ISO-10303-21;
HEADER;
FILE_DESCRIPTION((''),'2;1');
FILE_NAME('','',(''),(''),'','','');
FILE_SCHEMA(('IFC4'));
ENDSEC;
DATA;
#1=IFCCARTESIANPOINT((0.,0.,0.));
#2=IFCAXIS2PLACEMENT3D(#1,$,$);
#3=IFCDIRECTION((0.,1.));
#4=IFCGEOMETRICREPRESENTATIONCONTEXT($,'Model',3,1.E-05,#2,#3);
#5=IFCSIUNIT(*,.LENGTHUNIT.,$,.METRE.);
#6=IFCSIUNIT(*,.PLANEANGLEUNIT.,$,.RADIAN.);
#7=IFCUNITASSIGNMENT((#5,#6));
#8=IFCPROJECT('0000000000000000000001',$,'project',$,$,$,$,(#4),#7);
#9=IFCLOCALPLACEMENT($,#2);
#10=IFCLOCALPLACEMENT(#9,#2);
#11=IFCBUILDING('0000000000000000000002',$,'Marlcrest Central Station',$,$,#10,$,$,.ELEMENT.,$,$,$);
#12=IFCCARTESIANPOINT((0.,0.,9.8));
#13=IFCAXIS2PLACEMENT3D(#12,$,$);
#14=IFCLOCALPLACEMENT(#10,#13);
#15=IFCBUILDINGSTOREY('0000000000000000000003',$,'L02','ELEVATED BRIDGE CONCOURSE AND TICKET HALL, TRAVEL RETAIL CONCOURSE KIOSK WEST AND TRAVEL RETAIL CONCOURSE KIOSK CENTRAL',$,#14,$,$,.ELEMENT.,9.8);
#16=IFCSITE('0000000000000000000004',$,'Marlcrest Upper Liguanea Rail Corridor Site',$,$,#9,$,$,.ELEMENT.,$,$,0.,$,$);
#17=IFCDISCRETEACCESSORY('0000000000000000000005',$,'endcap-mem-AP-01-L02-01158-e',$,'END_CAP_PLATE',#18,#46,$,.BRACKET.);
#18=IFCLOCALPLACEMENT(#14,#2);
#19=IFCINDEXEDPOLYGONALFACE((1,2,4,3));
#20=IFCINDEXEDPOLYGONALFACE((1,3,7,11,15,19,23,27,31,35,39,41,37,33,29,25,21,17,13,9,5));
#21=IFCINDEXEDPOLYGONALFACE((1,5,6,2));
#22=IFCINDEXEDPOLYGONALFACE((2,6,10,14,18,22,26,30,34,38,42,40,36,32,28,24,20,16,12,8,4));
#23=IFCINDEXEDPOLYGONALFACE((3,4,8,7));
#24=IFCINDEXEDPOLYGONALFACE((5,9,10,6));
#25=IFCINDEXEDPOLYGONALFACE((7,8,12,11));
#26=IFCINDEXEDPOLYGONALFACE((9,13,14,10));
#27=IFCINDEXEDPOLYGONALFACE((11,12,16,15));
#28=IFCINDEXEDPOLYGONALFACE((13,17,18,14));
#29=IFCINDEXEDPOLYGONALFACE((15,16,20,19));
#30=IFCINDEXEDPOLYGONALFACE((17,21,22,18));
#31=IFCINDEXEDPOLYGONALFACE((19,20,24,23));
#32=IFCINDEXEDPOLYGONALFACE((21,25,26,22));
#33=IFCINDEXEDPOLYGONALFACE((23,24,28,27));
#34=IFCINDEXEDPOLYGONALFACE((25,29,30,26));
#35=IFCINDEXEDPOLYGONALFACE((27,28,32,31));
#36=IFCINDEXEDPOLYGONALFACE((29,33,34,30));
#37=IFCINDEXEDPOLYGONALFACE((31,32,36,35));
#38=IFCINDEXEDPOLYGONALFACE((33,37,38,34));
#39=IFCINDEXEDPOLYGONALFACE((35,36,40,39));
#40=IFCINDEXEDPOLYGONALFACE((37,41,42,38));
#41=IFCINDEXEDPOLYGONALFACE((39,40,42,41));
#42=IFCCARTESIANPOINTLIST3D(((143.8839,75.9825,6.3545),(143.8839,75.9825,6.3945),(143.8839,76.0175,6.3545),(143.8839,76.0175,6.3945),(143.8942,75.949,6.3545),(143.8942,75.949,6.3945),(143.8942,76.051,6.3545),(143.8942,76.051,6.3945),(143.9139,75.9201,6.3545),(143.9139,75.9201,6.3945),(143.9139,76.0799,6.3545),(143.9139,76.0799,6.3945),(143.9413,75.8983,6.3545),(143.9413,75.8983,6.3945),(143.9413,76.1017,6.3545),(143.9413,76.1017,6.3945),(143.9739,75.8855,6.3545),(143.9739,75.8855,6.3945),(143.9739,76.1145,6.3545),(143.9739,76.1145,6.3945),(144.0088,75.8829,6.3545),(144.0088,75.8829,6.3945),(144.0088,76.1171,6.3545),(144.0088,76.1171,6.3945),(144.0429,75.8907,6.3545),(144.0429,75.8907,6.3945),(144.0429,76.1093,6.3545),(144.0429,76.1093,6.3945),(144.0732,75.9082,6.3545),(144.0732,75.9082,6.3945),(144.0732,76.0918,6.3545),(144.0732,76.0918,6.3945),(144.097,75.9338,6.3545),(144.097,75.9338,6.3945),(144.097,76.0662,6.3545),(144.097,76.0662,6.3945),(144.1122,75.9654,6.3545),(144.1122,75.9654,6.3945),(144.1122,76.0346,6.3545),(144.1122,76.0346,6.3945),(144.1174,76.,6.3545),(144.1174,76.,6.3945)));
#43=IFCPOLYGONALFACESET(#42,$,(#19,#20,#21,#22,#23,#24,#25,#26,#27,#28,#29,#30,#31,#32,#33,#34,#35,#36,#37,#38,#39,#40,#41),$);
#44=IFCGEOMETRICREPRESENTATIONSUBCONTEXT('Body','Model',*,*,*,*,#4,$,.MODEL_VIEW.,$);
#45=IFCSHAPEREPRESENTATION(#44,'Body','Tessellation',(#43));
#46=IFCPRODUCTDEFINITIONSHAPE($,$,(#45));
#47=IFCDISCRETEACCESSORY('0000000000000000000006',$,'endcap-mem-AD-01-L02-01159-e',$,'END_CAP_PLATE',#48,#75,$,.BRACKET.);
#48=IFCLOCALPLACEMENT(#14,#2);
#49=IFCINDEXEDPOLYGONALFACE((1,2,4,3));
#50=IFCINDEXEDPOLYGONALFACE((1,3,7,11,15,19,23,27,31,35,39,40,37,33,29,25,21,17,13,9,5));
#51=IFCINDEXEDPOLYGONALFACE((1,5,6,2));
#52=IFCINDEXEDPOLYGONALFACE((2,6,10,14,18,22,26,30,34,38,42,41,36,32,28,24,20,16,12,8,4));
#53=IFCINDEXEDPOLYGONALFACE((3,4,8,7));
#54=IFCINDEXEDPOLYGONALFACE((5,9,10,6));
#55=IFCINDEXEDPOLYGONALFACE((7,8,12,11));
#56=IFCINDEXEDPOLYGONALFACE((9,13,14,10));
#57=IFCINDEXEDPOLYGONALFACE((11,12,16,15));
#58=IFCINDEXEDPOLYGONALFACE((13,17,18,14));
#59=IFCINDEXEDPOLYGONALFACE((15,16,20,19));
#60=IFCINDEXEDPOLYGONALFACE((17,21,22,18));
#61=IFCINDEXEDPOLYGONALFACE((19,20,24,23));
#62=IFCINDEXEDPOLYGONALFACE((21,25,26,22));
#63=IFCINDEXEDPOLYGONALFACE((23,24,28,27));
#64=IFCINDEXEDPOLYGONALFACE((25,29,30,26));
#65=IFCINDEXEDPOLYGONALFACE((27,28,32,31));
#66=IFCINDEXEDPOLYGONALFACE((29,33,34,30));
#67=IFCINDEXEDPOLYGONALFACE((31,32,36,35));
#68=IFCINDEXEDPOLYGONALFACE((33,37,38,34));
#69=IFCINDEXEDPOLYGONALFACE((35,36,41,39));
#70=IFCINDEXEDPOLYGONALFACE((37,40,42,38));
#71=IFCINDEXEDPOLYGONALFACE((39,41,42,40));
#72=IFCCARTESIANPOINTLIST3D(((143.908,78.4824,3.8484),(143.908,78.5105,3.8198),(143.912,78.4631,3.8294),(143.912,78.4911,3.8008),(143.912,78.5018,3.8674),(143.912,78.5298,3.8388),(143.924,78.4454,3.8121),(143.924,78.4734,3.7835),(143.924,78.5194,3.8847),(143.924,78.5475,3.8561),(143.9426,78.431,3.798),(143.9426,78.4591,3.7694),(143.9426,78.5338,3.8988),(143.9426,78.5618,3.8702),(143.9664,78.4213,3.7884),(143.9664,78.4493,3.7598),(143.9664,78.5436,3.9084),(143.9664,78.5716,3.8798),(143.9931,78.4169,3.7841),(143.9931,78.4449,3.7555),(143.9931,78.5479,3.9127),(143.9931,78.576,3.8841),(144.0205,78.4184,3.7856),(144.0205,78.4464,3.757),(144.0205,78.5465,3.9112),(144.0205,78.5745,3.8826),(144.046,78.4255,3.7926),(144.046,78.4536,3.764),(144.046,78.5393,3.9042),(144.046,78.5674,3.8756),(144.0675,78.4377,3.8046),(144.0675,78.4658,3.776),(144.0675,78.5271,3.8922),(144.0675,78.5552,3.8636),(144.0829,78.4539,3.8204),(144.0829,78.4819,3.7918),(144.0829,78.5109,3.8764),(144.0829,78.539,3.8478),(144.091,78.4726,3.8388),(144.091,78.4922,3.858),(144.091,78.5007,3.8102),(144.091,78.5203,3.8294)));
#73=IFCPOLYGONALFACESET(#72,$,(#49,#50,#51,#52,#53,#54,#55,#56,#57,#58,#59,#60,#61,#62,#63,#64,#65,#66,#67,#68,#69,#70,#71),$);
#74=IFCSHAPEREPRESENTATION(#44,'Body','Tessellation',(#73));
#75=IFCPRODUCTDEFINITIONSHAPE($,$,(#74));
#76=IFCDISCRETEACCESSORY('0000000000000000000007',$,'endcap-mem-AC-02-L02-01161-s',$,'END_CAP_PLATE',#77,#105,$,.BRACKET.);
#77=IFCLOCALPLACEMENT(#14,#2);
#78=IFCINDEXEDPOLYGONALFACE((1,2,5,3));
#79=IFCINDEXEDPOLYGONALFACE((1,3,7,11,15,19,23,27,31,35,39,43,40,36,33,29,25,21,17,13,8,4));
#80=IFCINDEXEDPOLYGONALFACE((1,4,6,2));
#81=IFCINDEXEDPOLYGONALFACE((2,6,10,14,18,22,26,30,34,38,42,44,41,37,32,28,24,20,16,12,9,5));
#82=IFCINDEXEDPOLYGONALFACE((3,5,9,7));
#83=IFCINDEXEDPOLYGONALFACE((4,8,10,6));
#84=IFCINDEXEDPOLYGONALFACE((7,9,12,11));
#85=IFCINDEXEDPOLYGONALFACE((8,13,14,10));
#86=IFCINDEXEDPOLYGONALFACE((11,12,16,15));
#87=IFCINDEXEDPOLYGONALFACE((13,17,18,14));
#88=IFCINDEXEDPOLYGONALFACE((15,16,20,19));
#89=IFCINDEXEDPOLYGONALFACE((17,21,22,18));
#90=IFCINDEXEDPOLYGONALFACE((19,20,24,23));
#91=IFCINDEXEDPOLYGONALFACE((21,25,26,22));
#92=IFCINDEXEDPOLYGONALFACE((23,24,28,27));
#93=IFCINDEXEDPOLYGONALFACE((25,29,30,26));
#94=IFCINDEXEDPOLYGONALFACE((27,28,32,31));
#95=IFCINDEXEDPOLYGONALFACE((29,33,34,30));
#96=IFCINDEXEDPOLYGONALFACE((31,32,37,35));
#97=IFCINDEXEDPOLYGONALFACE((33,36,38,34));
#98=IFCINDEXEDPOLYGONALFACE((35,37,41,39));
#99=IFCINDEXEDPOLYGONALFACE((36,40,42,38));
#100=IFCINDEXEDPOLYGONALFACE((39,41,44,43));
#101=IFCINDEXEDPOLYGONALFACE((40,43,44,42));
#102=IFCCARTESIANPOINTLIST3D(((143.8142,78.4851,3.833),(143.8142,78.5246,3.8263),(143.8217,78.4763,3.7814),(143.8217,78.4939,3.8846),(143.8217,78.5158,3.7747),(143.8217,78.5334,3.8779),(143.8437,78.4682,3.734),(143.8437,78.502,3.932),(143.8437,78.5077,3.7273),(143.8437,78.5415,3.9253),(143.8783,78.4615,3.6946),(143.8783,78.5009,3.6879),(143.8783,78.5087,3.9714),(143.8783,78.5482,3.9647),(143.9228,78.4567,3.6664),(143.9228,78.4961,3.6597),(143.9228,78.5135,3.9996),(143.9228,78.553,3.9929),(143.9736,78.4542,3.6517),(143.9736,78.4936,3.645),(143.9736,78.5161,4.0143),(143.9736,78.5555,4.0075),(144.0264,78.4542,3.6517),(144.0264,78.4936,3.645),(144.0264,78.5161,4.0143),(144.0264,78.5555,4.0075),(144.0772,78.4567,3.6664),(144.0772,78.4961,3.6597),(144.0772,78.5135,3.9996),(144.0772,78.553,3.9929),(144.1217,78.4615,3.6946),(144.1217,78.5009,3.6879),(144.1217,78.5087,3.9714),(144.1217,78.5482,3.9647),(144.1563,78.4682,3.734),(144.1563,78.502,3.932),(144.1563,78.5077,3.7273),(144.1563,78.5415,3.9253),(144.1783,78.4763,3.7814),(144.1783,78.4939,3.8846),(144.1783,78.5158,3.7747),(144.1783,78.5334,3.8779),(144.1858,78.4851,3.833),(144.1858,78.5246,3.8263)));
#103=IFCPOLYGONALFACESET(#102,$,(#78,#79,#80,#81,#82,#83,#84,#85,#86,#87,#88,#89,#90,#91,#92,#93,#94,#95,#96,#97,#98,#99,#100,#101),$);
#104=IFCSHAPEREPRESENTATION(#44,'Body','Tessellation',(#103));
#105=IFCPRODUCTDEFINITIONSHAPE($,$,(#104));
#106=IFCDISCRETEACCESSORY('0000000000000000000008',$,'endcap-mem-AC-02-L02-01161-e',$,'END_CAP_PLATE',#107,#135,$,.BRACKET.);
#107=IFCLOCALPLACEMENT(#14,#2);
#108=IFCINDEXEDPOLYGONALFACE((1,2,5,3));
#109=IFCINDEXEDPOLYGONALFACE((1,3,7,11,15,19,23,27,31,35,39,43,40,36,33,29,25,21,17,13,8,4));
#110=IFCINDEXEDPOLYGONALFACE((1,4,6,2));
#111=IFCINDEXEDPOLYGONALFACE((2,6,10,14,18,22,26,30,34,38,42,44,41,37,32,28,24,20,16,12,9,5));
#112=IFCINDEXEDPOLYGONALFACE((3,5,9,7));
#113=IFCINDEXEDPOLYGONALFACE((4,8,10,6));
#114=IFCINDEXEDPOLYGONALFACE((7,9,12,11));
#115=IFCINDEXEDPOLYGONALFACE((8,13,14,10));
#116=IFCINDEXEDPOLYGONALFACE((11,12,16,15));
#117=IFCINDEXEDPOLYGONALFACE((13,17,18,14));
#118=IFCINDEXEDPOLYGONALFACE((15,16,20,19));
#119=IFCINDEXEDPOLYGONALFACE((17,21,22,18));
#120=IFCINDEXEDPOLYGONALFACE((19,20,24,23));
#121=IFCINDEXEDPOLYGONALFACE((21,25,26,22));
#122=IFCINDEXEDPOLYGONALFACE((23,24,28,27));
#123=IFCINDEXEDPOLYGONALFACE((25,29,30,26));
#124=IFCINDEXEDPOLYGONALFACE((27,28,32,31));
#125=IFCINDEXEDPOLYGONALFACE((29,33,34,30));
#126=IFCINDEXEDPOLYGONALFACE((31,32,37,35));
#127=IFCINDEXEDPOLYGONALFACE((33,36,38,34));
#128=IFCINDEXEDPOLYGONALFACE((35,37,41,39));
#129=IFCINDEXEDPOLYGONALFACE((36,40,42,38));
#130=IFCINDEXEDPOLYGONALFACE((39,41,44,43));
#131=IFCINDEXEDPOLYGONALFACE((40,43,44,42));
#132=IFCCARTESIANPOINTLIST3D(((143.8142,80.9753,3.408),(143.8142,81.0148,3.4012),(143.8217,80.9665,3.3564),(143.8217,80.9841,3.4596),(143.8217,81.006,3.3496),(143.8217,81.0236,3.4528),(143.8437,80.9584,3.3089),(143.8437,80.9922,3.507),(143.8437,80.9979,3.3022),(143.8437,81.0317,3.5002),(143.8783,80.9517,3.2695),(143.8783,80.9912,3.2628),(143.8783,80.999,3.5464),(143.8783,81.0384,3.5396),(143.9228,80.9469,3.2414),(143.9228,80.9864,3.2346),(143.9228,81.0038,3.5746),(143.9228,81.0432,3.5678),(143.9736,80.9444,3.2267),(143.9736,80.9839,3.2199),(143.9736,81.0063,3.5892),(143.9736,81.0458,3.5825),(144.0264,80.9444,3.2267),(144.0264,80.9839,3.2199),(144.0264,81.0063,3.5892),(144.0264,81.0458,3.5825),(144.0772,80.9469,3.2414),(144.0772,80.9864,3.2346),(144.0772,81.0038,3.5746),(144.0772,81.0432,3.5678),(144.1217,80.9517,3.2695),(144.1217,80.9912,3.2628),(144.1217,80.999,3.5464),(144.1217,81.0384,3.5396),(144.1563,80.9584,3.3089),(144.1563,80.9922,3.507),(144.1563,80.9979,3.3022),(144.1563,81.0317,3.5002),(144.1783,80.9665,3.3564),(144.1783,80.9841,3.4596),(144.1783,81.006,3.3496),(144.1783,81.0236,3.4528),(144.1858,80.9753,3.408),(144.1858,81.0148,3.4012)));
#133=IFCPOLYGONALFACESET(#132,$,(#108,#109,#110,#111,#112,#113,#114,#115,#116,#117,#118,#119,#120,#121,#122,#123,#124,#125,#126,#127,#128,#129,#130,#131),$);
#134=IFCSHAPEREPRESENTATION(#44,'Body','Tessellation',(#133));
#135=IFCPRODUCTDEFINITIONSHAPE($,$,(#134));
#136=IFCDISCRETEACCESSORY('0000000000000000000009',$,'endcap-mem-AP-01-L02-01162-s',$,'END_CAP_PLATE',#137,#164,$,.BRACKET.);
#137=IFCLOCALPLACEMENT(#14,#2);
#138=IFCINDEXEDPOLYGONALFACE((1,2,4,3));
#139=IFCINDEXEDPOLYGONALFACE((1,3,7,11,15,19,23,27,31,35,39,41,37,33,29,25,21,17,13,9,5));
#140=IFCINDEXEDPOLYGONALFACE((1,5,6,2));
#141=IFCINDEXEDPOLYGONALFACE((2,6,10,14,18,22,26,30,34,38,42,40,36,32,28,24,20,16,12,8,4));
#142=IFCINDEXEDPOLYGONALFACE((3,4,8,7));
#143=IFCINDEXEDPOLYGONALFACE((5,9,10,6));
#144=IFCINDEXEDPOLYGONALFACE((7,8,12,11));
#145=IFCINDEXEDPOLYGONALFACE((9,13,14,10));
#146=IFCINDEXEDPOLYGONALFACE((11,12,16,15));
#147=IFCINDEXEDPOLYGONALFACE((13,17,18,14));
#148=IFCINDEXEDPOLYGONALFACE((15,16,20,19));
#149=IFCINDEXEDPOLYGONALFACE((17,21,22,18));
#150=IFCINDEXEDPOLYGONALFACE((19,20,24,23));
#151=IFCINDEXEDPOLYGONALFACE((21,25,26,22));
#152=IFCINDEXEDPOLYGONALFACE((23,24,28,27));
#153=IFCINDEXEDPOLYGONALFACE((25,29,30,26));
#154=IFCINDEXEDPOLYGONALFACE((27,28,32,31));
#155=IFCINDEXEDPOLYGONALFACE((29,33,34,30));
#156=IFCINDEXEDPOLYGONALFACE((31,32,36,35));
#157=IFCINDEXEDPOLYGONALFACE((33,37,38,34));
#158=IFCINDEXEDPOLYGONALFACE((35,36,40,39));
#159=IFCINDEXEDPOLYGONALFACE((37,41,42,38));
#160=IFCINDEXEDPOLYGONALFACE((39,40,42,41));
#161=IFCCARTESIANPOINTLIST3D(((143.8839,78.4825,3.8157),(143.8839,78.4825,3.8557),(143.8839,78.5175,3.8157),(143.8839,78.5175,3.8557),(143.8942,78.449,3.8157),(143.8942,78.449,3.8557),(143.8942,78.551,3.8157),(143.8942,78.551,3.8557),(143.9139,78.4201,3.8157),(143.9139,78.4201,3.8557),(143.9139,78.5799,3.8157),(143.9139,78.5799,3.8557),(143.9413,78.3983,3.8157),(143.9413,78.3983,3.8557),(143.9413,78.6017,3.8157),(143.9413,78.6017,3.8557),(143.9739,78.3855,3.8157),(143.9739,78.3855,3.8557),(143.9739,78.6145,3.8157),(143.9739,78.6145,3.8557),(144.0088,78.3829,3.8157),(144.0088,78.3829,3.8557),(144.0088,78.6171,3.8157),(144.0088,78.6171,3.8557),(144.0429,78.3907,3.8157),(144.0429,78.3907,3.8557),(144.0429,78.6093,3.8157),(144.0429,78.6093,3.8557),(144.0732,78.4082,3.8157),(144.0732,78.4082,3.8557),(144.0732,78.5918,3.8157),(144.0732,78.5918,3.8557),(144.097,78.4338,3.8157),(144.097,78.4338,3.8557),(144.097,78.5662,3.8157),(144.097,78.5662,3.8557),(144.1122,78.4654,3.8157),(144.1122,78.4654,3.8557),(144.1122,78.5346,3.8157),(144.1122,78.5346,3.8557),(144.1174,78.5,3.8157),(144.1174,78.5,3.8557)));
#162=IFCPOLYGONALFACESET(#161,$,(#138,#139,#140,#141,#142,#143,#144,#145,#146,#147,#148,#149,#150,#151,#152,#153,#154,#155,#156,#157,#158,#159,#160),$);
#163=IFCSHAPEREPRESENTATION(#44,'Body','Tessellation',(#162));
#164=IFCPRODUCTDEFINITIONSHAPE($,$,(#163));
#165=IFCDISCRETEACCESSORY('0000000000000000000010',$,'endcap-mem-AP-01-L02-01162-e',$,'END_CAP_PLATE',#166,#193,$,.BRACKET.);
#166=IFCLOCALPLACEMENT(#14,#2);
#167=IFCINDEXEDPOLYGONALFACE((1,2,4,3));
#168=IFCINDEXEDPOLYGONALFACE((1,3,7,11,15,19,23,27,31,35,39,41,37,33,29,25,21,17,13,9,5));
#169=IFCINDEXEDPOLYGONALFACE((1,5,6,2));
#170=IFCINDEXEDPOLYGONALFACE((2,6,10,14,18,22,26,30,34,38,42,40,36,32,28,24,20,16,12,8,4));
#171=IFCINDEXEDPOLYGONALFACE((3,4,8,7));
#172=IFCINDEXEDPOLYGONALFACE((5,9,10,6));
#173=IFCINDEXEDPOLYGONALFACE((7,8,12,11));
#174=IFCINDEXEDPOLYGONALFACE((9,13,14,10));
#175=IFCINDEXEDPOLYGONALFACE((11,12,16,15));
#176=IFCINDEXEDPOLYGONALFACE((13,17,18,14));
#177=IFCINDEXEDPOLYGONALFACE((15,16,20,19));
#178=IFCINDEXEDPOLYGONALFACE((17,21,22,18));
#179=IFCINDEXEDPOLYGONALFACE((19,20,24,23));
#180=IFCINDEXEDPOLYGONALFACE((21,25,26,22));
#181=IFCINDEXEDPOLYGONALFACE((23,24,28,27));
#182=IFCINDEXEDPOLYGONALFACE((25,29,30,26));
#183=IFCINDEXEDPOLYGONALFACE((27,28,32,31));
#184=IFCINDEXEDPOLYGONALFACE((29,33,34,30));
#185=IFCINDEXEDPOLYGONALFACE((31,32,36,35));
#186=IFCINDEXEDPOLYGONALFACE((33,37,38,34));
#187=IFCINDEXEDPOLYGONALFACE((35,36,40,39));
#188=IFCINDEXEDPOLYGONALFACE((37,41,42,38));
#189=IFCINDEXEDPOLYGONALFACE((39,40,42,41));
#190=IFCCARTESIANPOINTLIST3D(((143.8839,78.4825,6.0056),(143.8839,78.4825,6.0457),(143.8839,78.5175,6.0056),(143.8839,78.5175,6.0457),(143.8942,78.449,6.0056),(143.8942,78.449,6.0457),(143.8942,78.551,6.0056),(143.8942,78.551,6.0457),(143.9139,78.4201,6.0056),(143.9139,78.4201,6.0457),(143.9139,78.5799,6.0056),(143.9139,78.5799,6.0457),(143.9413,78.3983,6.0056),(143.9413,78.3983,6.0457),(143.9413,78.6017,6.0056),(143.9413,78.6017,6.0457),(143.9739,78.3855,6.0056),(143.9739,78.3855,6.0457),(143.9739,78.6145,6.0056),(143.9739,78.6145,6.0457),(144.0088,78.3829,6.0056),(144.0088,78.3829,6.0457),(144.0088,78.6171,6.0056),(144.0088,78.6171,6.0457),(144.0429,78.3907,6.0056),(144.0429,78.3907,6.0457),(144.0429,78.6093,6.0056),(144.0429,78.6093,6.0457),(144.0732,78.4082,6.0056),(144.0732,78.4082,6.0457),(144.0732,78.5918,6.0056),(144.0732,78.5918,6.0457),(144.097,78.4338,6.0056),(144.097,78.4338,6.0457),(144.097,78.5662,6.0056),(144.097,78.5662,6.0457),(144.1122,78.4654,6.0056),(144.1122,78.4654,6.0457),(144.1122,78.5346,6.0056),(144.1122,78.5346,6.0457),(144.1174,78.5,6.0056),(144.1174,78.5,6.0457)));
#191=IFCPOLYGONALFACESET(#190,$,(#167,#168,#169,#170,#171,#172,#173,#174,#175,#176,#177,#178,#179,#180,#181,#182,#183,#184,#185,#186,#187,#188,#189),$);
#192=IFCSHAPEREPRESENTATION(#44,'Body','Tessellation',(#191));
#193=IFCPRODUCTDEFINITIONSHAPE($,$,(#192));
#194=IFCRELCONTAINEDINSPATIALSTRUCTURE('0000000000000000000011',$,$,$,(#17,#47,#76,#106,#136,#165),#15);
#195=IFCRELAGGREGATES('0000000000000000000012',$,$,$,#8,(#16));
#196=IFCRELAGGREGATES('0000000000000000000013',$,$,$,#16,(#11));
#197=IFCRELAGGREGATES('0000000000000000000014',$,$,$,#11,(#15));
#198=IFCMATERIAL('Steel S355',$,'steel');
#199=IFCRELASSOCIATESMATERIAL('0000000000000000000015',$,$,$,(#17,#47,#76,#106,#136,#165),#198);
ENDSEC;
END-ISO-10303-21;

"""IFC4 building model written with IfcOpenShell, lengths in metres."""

from ifc_helpers import new_model, si_unit, direction, frame, origin, origin_2d, place, context, subcontext, project, spatial, circle, extrude, material, element, save


model = new_model("IFC4")

# Units and contexts
model_context = context("Model", 3, precision=1e-05, world=origin(), true_north=direction((0.0, 1.0)))
body_context = subcontext(model_context, "Body", "Model", "MODEL_VIEW")
ifc_project = project(units=[si_unit("LENGTHUNIT", "METRE"), si_unit("PLANEANGLEUNIT", "RADIAN")], contexts=[model_context])

# Site, building, storey
site_placement = place(None, origin())
site = spatial("IfcSite", under=ifc_project, at=site_placement, Name="Marlcrest Upper Liguanea Rail Corridor Site", CompositionType="ELEMENT", RefElevation=0.0)
building_placement = place(site_placement, origin())
building = spatial("IfcBuilding", under=site, at=building_placement, Name="Marlcrest Central Station", CompositionType="ELEMENT")
storey_placement = place(building_placement, frame((0.0, 0.0, 9.8)))
storey = spatial("IfcBuildingStorey", under=building, at=storey_placement, Name="L02", Description="ELEVATED BRIDGE CONCOURSE AND TICKET HALL, TRAVEL RETAIL CONCOURSE KIOSK WEST AND TRAVEL RETAIL CONCOURSE KIOSK CENTRAL", CompositionType="ELEMENT", Elevation=9.8)

# Shared definitions
ifc_material_1 = material(Name="Steel S355", Category="steel")

# Discrete accessories
for number, where, z_axis, x_axis, name in (
    (1, (144.0, 76.0, 6.3545), (0.0, 0.0, 1.0), (1.0, 0.0, 0.0), "endcap-mem-AP-01-L02-01158-e"),
):
    element("IfcDiscreteAccessory", number, at=place(storey_placement, frame(where, z_axis=z_axis, x_axis=x_axis)), inside=storey, material=ifc_material_1, Name=name, ObjectType="END_CAP_PLATE", PredefinedType="BRACKET", context=body_context, shape_type="SweptSolid", body=[
        extrude(circle(Radius=0.1174, at=origin_2d()), origin(), (0.0, 0.0, 1.0), 0.04),
    ])
discrete_accessory_1_placement = place(storey_placement, frame((144.0, 78.4824, 3.8484), z_axis=(0.0, 0.700235, -0.713912), x_axis=(-1.0, 0.0, 0.0)))
element("IfcDiscreteAccessory", 2, at=discrete_accessory_1_placement, inside=storey, material=ifc_material_1, Name="endcap-mem-AD-01-L02-01159-e", ObjectType="END_CAP_PLATE", PredefinedType="BRACKET", context=body_context, shape_type="SweptSolid", body=[
    extrude(circle(Radius=0.092, at=origin_2d()), origin(), (0.0, 0.0, 1.0), 0.04),
])
for number, where, z_axis, x_axis, name in (
    (3, (144.0, 78.4851, 3.833), (0.0, 0.985741, -0.168269), (-1.0, 0.0, 0.0), "endcap-mem-AC-02-L02-01161-s"),
    (4, (144.0, 80.9753, 3.408), (0.0, 0.985741, -0.168269), (-1.0, 0.0, 0.0), "endcap-mem-AC-02-L02-01161-e"),
):
    element("IfcDiscreteAccessory", number, at=place(storey_placement, frame(where, z_axis=z_axis, x_axis=x_axis)), inside=storey, material=ifc_material_1, Name=name, ObjectType="END_CAP_PLATE", PredefinedType="BRACKET", context=body_context, shape_type="SweptSolid", body=[
        extrude(circle(Radius=0.1858, at=origin_2d()), origin(), (0.0, 0.0, 1.0), 0.04),
    ])
for number, where, z_axis, x_axis, name in (
    (5, (144.0, 78.5, 3.8157), (0.0, 0.0, 1.0), (1.0, 0.0, 0.0), "endcap-mem-AP-01-L02-01162-s"),
    (6, (144.0, 78.5, 6.0056), (0.0, 0.0, 1.0), (1.0, 0.0, 0.0), "endcap-mem-AP-01-L02-01162-e"),
):
    element("IfcDiscreteAccessory", number, at=place(storey_placement, frame(where, z_axis=z_axis, x_axis=x_axis)), inside=storey, material=ifc_material_1, Name=name, ObjectType="END_CAP_PLATE", PredefinedType="BRACKET", context=body_context, shape_type="SweptSolid", body=[
        extrude(circle(Radius=0.1174, at=origin_2d()), origin(), (0.0, 0.0, 1.0), 0.04),
    ])

save(model, "model.ifc")
